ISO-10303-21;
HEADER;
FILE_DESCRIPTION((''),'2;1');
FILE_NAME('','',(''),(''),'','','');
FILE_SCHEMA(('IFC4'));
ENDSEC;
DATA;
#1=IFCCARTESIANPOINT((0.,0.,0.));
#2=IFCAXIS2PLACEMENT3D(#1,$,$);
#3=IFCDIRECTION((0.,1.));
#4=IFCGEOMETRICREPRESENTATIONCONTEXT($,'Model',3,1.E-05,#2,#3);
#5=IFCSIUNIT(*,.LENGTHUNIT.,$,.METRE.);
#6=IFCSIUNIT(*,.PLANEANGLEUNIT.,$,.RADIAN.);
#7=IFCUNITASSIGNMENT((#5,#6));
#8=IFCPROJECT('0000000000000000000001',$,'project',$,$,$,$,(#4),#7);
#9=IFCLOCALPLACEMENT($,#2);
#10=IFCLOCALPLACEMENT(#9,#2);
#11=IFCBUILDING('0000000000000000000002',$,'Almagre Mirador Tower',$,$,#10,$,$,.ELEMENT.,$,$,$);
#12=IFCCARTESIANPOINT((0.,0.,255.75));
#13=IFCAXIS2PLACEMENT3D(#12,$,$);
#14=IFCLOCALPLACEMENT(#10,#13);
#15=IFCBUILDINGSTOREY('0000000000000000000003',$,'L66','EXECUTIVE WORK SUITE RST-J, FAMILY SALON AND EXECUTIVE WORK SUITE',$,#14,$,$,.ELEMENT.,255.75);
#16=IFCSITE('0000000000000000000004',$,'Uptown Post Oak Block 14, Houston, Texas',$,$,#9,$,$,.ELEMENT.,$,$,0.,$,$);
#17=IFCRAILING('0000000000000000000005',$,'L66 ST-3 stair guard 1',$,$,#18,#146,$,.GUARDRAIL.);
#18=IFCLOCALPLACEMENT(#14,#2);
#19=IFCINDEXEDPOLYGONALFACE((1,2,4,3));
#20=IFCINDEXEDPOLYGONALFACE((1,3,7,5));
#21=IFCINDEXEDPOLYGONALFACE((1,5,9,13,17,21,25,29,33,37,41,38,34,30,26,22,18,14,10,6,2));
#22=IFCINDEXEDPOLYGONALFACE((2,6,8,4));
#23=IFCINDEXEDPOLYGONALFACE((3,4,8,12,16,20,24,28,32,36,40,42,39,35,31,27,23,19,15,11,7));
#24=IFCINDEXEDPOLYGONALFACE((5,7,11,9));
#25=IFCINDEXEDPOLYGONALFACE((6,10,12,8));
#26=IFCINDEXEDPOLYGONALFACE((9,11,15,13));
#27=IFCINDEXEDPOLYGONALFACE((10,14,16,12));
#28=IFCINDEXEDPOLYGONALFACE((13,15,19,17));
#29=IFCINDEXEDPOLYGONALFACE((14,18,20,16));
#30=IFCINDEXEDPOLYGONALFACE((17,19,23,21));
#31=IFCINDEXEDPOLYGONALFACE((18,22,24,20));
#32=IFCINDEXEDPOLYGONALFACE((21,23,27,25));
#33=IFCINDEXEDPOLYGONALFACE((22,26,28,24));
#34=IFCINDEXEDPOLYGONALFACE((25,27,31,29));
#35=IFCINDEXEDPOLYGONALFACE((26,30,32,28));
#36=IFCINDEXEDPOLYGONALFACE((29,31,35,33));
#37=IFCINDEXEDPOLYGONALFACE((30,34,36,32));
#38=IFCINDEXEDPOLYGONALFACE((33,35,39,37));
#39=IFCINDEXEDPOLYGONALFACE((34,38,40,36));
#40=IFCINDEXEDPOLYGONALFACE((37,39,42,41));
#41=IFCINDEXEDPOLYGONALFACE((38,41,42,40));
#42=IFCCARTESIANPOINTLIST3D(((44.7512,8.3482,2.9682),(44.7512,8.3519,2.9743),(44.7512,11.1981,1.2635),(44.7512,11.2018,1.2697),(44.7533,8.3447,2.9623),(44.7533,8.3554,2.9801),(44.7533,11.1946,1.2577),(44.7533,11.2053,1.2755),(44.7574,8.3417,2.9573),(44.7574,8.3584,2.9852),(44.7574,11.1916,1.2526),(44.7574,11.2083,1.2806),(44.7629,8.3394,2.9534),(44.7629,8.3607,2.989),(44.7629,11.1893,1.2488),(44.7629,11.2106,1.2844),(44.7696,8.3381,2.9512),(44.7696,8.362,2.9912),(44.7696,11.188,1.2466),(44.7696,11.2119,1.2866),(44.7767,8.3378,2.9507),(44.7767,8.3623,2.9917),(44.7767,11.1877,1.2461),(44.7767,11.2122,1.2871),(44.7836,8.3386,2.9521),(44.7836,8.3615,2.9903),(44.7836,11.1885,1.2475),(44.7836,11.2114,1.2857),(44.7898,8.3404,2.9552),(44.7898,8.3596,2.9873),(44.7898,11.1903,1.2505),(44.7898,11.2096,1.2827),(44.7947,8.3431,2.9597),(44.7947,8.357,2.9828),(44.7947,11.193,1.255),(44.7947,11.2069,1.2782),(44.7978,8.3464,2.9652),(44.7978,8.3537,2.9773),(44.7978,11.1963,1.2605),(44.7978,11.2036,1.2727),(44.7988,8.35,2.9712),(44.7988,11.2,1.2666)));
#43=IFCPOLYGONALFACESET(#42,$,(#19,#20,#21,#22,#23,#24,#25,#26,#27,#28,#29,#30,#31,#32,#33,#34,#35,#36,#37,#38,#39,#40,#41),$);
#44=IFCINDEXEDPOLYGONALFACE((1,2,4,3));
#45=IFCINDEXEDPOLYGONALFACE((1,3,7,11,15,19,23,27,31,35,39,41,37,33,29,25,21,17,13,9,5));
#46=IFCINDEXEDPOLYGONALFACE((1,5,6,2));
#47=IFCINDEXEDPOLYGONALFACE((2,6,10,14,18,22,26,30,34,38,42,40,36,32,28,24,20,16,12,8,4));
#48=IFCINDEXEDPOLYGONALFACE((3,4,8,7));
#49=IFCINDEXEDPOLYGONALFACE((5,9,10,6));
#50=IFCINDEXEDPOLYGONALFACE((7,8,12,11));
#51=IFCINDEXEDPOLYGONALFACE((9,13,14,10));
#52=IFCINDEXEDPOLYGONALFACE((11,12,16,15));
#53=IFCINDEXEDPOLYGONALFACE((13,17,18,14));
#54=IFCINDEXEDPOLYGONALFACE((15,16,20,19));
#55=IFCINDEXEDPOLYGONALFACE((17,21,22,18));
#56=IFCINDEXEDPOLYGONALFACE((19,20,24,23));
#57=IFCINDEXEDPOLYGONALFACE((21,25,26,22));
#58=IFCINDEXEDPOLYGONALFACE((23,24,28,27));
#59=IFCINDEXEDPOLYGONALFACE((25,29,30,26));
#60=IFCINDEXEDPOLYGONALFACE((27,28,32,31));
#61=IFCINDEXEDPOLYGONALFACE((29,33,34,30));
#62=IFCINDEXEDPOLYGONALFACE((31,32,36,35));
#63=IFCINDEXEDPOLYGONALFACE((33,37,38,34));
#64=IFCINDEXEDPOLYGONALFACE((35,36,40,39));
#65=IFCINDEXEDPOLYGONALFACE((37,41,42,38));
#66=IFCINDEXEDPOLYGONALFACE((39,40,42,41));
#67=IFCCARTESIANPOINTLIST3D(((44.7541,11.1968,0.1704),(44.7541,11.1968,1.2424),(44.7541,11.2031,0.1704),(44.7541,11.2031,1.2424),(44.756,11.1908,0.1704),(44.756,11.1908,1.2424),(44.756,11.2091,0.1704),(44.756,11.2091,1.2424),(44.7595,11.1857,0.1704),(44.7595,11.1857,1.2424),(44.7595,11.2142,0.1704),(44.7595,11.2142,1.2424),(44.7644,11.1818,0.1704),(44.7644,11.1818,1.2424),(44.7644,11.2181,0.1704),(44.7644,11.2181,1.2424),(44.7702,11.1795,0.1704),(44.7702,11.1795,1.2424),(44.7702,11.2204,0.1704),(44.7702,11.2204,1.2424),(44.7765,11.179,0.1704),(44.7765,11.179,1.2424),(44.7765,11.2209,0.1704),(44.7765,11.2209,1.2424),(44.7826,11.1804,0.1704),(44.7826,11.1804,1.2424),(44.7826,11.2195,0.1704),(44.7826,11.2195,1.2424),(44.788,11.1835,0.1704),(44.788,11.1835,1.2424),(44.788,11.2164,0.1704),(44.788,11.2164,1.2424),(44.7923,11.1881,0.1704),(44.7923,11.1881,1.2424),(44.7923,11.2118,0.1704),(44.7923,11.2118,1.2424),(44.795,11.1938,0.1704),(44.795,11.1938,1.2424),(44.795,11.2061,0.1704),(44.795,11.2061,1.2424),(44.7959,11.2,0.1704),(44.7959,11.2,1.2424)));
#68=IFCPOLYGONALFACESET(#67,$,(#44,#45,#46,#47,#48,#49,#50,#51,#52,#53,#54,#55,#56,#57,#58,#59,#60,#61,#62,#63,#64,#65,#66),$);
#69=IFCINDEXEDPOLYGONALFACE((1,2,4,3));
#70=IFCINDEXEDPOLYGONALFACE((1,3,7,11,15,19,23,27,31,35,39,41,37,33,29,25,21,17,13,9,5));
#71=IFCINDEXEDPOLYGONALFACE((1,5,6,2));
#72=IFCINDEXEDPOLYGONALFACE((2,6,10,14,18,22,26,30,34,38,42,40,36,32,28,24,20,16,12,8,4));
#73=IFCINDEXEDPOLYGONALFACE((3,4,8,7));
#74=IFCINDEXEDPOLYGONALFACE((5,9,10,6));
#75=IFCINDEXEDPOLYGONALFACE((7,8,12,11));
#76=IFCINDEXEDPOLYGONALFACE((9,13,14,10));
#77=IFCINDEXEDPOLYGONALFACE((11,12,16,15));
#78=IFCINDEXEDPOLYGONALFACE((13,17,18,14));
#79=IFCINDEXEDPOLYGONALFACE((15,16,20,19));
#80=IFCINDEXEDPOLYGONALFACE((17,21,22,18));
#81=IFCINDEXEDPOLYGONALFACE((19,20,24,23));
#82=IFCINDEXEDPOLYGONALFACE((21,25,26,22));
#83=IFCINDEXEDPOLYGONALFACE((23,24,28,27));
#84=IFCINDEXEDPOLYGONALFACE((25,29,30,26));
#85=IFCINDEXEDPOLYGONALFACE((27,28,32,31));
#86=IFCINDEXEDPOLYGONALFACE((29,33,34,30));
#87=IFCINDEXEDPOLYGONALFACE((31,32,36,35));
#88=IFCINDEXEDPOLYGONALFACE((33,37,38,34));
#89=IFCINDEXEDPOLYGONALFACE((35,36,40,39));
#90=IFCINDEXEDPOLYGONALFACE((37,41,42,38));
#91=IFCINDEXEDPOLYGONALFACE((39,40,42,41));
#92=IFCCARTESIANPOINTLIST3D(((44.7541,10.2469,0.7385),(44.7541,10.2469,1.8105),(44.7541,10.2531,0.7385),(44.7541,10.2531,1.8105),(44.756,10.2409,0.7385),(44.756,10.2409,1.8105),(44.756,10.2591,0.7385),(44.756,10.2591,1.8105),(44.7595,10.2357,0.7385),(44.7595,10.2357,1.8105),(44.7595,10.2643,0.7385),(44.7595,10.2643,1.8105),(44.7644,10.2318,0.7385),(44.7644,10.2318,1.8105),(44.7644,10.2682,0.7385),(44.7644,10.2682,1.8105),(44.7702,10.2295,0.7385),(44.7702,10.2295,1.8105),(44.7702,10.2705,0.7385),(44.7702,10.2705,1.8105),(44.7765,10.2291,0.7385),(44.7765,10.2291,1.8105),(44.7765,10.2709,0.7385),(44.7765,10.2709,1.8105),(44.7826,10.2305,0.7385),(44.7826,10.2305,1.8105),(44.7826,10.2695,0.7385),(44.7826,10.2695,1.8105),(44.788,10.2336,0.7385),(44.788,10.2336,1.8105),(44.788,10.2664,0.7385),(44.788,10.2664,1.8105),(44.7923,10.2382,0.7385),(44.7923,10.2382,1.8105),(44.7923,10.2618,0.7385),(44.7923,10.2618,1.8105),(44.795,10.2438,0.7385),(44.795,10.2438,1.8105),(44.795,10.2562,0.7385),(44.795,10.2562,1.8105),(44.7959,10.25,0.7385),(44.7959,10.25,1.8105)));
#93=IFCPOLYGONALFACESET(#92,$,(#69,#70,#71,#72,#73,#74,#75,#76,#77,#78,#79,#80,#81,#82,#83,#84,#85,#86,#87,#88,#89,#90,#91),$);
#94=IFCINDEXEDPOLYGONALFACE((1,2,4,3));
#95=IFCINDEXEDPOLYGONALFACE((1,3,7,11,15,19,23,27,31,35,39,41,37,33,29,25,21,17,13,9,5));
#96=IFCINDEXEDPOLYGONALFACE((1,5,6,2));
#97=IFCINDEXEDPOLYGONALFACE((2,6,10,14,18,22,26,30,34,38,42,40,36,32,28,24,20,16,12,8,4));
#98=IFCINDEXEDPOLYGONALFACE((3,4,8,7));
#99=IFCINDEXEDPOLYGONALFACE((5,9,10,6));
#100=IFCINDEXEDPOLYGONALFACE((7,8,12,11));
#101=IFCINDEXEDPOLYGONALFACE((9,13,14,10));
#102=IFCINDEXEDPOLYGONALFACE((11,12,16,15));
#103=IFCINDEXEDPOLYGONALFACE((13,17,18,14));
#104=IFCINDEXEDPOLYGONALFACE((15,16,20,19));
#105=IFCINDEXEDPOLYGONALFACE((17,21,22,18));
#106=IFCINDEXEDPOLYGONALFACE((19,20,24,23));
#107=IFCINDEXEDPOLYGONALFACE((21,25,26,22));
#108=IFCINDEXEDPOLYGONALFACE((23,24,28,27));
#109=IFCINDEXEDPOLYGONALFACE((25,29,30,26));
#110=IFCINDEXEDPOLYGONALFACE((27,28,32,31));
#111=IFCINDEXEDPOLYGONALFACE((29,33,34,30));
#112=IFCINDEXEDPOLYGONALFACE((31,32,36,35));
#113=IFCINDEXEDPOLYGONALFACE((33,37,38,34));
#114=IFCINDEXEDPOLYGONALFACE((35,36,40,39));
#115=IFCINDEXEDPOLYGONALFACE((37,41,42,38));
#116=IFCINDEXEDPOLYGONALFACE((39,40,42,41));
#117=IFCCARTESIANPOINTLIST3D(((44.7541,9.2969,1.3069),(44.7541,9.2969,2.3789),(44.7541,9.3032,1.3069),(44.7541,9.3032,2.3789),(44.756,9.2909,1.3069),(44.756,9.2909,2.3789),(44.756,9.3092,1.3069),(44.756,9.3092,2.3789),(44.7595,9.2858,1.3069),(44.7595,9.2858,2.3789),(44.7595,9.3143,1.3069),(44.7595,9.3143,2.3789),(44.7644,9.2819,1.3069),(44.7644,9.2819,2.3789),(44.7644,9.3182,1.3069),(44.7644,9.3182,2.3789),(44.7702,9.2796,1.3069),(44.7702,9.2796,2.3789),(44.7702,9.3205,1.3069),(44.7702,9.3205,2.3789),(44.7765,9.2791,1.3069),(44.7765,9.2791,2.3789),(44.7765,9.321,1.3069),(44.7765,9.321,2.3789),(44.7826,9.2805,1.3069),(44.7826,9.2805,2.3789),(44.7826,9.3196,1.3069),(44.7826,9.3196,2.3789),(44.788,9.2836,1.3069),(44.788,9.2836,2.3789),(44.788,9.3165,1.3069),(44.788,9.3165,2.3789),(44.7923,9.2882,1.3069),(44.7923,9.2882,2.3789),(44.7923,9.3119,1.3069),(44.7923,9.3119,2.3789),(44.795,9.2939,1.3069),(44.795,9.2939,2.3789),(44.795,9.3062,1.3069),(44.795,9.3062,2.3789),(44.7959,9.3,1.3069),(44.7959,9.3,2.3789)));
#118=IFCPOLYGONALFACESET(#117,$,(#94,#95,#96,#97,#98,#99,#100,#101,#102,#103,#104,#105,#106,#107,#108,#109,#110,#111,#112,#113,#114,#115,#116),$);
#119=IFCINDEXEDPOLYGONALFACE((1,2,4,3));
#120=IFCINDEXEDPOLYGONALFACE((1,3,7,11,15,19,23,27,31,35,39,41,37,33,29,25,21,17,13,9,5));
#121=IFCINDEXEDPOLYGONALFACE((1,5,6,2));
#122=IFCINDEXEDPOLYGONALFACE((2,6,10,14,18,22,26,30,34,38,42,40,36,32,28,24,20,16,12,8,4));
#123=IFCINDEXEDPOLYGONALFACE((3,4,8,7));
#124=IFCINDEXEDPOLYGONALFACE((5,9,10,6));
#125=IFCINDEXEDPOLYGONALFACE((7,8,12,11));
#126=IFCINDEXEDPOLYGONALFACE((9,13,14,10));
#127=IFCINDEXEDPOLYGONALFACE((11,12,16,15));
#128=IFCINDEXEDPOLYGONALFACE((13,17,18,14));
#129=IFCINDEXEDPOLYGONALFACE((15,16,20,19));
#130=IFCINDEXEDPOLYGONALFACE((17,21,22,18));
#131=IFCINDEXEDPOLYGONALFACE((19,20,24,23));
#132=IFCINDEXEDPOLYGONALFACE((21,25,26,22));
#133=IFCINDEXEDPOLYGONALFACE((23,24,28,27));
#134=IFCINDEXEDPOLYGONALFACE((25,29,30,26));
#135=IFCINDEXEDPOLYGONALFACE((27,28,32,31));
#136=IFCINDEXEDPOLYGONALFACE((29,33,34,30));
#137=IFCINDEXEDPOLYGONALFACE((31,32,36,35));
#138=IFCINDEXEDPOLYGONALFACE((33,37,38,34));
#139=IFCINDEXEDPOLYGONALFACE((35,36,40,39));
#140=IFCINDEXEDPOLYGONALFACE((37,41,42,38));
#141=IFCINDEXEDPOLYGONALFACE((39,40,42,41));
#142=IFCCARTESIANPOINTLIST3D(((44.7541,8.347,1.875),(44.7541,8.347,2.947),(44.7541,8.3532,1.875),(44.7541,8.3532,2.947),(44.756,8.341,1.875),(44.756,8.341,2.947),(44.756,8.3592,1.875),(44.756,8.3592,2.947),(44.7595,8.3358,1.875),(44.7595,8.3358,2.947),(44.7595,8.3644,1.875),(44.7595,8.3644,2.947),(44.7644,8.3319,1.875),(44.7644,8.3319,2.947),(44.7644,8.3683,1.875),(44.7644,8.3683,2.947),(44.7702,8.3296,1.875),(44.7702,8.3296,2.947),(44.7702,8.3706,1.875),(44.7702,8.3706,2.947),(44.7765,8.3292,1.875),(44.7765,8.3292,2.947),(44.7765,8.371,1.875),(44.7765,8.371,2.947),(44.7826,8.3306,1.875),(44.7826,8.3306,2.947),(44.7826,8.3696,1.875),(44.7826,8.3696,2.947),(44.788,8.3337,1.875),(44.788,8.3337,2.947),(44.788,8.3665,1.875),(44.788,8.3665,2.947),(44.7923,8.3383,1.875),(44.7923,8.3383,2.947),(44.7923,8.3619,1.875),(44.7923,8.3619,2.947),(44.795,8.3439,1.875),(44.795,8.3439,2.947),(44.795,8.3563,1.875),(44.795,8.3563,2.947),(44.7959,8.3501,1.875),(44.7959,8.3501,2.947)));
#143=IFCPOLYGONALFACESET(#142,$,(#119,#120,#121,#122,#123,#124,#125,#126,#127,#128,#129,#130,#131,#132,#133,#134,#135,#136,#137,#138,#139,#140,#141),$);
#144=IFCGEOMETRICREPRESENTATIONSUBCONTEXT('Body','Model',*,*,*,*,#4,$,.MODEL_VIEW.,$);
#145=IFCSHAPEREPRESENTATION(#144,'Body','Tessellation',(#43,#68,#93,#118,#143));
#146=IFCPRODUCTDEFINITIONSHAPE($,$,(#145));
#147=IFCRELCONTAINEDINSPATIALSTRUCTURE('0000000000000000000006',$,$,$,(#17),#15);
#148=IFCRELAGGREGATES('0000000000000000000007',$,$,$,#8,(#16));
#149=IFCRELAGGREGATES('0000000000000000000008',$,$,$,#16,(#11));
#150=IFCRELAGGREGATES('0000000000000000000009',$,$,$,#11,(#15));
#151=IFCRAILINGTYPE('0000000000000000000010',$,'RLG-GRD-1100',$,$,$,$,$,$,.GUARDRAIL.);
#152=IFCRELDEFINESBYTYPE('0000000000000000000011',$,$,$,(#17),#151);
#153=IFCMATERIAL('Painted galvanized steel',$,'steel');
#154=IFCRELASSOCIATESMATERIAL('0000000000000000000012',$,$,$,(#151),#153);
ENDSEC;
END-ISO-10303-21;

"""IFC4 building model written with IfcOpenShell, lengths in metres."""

from ifc_helpers import new_model, si_unit, direction, frame, origin, origin_2d, place, context, subcontext, project, spatial, circle, extrude, material, type_object, element, save


model = new_model("IFC4")

# Units and contexts
model_context = context("Model", 3, precision=1e-05, world=origin(), true_north=direction((0.0, 1.0)))
body_context = subcontext(model_context, "Body", "Model", "MODEL_VIEW")
ifc_project = project(units=[si_unit("LENGTHUNIT", "METRE"), si_unit("PLANEANGLEUNIT", "RADIAN")], contexts=[model_context])

# Site, building, storey
site_placement = place(None, origin())
site = spatial("IfcSite", under=ifc_project, at=site_placement, Name="Uptown Post Oak Block 14, Houston, Texas", CompositionType="ELEMENT", RefElevation=0.0)
building_placement = place(site_placement, origin())
building = spatial("IfcBuilding", under=site, at=building_placement, Name="Almagre Mirador Tower", CompositionType="ELEMENT")
storey_placement = place(building_placement, frame((0.0, 0.0, 255.75)))
storey = spatial("IfcBuildingStorey", under=building, at=storey_placement, Name="L66", Description="EXECUTIVE WORK SUITE RST-J, FAMILY SALON AND EXECUTIVE WORK SUITE", CompositionType="ELEMENT", Elevation=255.75)

# Railing
ifc_material_1 = material(Name="Painted galvanized steel", Category="steel")
railing_type_1 = type_object("IfcRailingType", Name="RLG-GRD-1100", PredefinedType="GUARDRAIL", material=ifc_material_1)
railing_1_placement = place(storey_placement, frame((44.7749, 11.2, 0.1704)))
element("IfcRailing", 1, at=railing_1_placement, inside=storey, type_object=railing_type_1, Name="L66 ST-3 stair guard 1", PredefinedType="GUARDRAIL", context=body_context, shape_type="SweptSolid", body=[
    extrude(circle(Radius=0.0239, at=origin_2d()), frame((0.0, 0.0, 1.0962), z_axis=(0.0, -0.858199, 0.513317), x_axis=(1.0, 0.0, 0.0)), (0.0, 0.0, 1.0), 3.3208),
    extrude(circle(Radius=0.021, at=origin_2d()), origin(), (0.0, 0.0, 1.0), 1.072),
    extrude(circle(Radius=0.021, at=origin_2d()), frame((0.0, -0.95, 0.5681)), (0.0, 0.0, 1.0), 1.072),
    extrude(circle(Radius=0.021, at=origin_2d()), frame((0.0, -1.8999, 1.1365)), (0.0, 0.0, 1.0), 1.072),
    extrude(circle(Radius=0.021, at=origin_2d()), frame((0.0, -2.8499, 1.7046)), (0.0, 0.0, 1.0), 1.072),
])

save(model, "model.ifc")
